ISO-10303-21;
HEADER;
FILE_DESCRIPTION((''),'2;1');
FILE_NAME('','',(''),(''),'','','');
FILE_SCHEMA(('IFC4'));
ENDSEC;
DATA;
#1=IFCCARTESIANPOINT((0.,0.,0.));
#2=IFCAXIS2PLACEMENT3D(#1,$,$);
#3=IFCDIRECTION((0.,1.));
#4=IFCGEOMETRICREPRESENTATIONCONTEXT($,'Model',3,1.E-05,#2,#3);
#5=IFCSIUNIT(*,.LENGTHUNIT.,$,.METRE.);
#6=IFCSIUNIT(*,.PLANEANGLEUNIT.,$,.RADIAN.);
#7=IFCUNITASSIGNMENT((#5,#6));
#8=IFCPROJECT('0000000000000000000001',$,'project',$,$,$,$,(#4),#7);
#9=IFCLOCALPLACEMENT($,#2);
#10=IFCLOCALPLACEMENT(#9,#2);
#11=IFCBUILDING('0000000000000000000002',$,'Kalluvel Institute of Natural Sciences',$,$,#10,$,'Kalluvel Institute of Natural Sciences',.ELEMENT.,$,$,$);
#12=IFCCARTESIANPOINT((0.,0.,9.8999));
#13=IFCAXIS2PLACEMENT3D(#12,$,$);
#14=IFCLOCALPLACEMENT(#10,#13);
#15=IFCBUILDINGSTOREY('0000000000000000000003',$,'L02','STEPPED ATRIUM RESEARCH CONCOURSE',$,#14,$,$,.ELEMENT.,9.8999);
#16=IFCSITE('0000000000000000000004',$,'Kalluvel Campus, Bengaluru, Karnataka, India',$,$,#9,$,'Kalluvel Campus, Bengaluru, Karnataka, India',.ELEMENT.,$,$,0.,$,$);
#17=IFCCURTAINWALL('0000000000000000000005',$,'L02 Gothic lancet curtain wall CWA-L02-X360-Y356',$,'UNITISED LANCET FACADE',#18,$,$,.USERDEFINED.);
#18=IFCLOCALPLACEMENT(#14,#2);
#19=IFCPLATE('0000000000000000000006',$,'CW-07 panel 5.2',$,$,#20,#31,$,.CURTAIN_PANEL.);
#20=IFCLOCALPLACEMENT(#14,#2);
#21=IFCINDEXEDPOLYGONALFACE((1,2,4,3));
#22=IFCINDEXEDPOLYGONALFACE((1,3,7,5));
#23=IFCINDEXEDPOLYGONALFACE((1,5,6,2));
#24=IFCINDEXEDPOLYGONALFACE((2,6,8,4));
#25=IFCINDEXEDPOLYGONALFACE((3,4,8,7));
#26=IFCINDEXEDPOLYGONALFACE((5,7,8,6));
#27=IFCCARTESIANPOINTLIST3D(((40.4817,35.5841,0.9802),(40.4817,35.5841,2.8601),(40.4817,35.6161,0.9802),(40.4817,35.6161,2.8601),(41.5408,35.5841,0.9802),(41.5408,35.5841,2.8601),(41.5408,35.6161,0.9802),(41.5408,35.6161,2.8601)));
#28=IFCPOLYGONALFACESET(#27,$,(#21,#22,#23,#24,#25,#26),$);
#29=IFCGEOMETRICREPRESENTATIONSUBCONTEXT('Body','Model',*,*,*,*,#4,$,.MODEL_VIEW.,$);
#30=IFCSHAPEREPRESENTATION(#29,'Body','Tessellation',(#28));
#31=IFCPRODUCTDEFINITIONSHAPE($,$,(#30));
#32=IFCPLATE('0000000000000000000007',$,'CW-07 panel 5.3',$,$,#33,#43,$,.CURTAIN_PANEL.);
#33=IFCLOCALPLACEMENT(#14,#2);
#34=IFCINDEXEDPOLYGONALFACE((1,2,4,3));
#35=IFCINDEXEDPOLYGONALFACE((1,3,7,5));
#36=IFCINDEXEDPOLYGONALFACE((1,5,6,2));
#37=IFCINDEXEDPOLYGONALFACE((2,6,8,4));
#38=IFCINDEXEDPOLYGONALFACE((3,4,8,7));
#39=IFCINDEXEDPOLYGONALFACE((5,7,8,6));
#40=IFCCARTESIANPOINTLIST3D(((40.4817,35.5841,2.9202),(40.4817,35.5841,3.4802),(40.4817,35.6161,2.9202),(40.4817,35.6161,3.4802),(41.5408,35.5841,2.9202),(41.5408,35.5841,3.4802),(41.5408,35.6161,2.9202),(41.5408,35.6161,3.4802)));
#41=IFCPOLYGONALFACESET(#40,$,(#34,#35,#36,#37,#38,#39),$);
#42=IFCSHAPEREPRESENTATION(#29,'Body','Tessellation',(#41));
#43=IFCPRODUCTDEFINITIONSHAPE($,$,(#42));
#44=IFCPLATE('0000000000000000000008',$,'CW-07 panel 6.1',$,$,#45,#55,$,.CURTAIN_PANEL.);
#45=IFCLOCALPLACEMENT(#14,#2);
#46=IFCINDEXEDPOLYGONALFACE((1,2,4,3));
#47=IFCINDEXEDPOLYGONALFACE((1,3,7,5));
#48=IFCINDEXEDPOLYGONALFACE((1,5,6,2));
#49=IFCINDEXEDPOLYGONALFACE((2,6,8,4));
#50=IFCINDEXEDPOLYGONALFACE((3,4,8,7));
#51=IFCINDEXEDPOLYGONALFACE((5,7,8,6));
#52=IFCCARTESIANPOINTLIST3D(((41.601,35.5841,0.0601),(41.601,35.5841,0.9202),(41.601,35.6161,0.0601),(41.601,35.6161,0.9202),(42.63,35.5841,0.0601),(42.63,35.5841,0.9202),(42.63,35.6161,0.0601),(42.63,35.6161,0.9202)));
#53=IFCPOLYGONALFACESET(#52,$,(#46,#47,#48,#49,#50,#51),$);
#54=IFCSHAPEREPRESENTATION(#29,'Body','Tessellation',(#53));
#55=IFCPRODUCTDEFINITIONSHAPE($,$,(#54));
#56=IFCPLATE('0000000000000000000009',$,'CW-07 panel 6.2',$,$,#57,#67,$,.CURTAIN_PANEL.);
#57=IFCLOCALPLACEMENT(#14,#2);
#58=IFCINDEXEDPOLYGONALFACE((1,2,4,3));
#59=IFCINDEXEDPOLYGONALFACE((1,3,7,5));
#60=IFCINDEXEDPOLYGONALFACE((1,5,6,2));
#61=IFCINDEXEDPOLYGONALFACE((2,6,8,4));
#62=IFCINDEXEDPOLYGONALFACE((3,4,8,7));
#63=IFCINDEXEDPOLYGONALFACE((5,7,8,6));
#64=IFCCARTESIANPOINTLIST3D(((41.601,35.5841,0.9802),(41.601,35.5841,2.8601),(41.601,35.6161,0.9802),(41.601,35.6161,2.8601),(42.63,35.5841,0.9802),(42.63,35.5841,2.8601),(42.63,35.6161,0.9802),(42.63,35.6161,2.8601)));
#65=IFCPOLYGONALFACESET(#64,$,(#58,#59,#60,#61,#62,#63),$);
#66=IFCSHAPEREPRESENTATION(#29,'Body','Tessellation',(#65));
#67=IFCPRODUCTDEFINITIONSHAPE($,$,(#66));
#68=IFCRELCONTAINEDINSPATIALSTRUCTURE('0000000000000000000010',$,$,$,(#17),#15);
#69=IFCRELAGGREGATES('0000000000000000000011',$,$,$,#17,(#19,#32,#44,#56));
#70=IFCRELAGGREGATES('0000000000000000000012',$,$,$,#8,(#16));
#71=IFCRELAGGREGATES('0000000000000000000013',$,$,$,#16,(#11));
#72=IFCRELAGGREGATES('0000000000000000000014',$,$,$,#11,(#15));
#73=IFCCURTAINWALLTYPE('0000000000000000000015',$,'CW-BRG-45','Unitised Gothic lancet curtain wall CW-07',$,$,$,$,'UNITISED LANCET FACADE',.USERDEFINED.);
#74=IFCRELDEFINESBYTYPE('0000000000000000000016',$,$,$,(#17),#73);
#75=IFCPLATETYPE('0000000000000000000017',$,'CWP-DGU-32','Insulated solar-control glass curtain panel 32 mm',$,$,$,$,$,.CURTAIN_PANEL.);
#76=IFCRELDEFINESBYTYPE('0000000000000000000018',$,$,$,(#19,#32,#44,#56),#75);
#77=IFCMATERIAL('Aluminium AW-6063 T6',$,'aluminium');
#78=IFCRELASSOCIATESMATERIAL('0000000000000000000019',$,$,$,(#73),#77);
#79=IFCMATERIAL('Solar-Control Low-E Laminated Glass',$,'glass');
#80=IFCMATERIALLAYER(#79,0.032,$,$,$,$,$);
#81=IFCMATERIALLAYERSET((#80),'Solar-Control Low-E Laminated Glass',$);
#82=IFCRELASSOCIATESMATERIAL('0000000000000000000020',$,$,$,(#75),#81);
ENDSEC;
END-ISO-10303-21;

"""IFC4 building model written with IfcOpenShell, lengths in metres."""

from ifc_helpers import new_model, si_unit, direction, frame, origin, origin_2d, place, context, subcontext, project, spatial, rectangle, extrude, material, layer, layer_set, type_object, element, aggregate, save


model = new_model("IFC4")

# Units and contexts
model_context = context("Model", 3, precision=1e-05, world=origin(), true_north=direction((0.0, 1.0)))
body_context = subcontext(model_context, "Body", "Model", "MODEL_VIEW")
ifc_project = project(units=[si_unit("LENGTHUNIT", "METRE"), si_unit("PLANEANGLEUNIT", "RADIAN")], contexts=[model_context])

# Site, building, storey
site_placement = place(None, origin())
site = spatial("IfcSite", under=ifc_project, at=site_placement, Name="Kalluvel Campus, Bengaluru, Karnataka, India", LongName="Kalluvel Campus, Bengaluru, Karnataka, India", CompositionType="ELEMENT", RefElevation=0.0)
building_placement = place(site_placement, origin())
building = spatial("IfcBuilding", under=site, at=building_placement, Name="Kalluvel Institute of Natural Sciences", LongName="Kalluvel Institute of Natural Sciences", CompositionType="ELEMENT")
storey_placement = place(building_placement, frame((0.0, 0.0, 9.8999)))
storey = spatial("IfcBuildingStorey", under=building, at=storey_placement, Name="L02", Description="STEPPED ATRIUM RESEARCH CONCOURSE", CompositionType="ELEMENT", Elevation=9.8999)

# Curtain wall, plates
ifc_material_1 = material(Name="Aluminium AW-6063 T6", Category="aluminium")
curtain_wall_type = type_object("IfcCurtainWallType", Name="CW-BRG-45", Description="Unitised Gothic lancet curtain wall CW-07", ElementType="UNITISED LANCET FACADE", PredefinedType="USERDEFINED", material=ifc_material_1)
curtain_wall_placement = place(storey_placement, origin())
curtain_wall = element("IfcCurtainWall", 1, at=curtain_wall_placement, inside=storey, type_object=curtain_wall_type, Name="L02 Gothic lancet curtain wall CWA-L02-X360-Y356", ObjectType="UNITISED LANCET FACADE", PredefinedType="USERDEFINED")
ifc_material_2 = material(Name="Solar-Control Low-E Laminated Glass", Category="glass")
ifc_layer = layer(ifc_material_2, 0.032)
ifc_layer_set = layer_set([ifc_layer], Name="Solar-Control Low-E Laminated Glass")
plate_type = type_object("IfcPlateType", Name="CWP-DGU-32", Description="Insulated solar-control glass curtain panel 32 mm", PredefinedType="CURTAIN_PANEL", material=ifc_layer_set)
plate_1_placement = place(storey_placement, frame((41.0112, 35.6001, 0.9802), z_axis=(0.0, 0.0, 1.0), x_axis=(1.0, 0.0, 0.0)))
plate_1 = element("IfcPlate", 2, at=plate_1_placement, type_object=plate_type, Name="CW-07 panel 5.2", PredefinedType="CURTAIN_PANEL", context=body_context, shape_type="SweptSolid", body=[
    extrude(rectangle(XDim=1.0591, YDim=0.032, at=origin_2d()), origin(), (0.0, 0.0, 1.0), 1.8799),
])
plate_2_placement = place(storey_placement, frame((41.0112, 35.6001, 2.9202), z_axis=(0.0, 0.0, 1.0), x_axis=(1.0, 0.0, 0.0)))
plate_2 = element("IfcPlate", 3, at=plate_2_placement, type_object=plate_type, Name="CW-07 panel 5.3", PredefinedType="CURTAIN_PANEL", context=body_context, shape_type="SweptSolid", body=[
    extrude(rectangle(XDim=1.0591, YDim=0.032, at=origin_2d()), origin(), (0.0, 0.0, 1.0), 0.5601),
])
plate_3_placement = place(storey_placement, frame((42.1155, 35.6001, 0.0601), z_axis=(0.0, 0.0, 1.0), x_axis=(1.0, 0.0, 0.0)))
plate_3 = element("IfcPlate", 4, at=plate_3_placement, type_object=plate_type, Name="CW-07 panel 6.1", PredefinedType="CURTAIN_PANEL", context=body_context, shape_type="SweptSolid", body=[
    extrude(rectangle(XDim=1.0291, YDim=0.032, at=origin_2d()), origin(), (0.0, 0.0, 1.0), 0.8601),
])
plate_4_placement = place(storey_placement, frame((42.1155, 35.6001, 0.9802), z_axis=(0.0, 0.0, 1.0), x_axis=(1.0, 0.0, 0.0)))
plate_4 = element("IfcPlate", 5, at=plate_4_placement, type_object=plate_type, Name="CW-07 panel 6.2", PredefinedType="CURTAIN_PANEL", context=body_context, shape_type="SweptSolid", body=[
    extrude(rectangle(XDim=1.0291, YDim=0.032, at=origin_2d()), origin(), (0.0, 0.0, 1.0), 1.8799),
])
aggregate(curtain_wall, [plate_1, plate_2, plate_3, plate_4])

save(model, "model.ifc")
